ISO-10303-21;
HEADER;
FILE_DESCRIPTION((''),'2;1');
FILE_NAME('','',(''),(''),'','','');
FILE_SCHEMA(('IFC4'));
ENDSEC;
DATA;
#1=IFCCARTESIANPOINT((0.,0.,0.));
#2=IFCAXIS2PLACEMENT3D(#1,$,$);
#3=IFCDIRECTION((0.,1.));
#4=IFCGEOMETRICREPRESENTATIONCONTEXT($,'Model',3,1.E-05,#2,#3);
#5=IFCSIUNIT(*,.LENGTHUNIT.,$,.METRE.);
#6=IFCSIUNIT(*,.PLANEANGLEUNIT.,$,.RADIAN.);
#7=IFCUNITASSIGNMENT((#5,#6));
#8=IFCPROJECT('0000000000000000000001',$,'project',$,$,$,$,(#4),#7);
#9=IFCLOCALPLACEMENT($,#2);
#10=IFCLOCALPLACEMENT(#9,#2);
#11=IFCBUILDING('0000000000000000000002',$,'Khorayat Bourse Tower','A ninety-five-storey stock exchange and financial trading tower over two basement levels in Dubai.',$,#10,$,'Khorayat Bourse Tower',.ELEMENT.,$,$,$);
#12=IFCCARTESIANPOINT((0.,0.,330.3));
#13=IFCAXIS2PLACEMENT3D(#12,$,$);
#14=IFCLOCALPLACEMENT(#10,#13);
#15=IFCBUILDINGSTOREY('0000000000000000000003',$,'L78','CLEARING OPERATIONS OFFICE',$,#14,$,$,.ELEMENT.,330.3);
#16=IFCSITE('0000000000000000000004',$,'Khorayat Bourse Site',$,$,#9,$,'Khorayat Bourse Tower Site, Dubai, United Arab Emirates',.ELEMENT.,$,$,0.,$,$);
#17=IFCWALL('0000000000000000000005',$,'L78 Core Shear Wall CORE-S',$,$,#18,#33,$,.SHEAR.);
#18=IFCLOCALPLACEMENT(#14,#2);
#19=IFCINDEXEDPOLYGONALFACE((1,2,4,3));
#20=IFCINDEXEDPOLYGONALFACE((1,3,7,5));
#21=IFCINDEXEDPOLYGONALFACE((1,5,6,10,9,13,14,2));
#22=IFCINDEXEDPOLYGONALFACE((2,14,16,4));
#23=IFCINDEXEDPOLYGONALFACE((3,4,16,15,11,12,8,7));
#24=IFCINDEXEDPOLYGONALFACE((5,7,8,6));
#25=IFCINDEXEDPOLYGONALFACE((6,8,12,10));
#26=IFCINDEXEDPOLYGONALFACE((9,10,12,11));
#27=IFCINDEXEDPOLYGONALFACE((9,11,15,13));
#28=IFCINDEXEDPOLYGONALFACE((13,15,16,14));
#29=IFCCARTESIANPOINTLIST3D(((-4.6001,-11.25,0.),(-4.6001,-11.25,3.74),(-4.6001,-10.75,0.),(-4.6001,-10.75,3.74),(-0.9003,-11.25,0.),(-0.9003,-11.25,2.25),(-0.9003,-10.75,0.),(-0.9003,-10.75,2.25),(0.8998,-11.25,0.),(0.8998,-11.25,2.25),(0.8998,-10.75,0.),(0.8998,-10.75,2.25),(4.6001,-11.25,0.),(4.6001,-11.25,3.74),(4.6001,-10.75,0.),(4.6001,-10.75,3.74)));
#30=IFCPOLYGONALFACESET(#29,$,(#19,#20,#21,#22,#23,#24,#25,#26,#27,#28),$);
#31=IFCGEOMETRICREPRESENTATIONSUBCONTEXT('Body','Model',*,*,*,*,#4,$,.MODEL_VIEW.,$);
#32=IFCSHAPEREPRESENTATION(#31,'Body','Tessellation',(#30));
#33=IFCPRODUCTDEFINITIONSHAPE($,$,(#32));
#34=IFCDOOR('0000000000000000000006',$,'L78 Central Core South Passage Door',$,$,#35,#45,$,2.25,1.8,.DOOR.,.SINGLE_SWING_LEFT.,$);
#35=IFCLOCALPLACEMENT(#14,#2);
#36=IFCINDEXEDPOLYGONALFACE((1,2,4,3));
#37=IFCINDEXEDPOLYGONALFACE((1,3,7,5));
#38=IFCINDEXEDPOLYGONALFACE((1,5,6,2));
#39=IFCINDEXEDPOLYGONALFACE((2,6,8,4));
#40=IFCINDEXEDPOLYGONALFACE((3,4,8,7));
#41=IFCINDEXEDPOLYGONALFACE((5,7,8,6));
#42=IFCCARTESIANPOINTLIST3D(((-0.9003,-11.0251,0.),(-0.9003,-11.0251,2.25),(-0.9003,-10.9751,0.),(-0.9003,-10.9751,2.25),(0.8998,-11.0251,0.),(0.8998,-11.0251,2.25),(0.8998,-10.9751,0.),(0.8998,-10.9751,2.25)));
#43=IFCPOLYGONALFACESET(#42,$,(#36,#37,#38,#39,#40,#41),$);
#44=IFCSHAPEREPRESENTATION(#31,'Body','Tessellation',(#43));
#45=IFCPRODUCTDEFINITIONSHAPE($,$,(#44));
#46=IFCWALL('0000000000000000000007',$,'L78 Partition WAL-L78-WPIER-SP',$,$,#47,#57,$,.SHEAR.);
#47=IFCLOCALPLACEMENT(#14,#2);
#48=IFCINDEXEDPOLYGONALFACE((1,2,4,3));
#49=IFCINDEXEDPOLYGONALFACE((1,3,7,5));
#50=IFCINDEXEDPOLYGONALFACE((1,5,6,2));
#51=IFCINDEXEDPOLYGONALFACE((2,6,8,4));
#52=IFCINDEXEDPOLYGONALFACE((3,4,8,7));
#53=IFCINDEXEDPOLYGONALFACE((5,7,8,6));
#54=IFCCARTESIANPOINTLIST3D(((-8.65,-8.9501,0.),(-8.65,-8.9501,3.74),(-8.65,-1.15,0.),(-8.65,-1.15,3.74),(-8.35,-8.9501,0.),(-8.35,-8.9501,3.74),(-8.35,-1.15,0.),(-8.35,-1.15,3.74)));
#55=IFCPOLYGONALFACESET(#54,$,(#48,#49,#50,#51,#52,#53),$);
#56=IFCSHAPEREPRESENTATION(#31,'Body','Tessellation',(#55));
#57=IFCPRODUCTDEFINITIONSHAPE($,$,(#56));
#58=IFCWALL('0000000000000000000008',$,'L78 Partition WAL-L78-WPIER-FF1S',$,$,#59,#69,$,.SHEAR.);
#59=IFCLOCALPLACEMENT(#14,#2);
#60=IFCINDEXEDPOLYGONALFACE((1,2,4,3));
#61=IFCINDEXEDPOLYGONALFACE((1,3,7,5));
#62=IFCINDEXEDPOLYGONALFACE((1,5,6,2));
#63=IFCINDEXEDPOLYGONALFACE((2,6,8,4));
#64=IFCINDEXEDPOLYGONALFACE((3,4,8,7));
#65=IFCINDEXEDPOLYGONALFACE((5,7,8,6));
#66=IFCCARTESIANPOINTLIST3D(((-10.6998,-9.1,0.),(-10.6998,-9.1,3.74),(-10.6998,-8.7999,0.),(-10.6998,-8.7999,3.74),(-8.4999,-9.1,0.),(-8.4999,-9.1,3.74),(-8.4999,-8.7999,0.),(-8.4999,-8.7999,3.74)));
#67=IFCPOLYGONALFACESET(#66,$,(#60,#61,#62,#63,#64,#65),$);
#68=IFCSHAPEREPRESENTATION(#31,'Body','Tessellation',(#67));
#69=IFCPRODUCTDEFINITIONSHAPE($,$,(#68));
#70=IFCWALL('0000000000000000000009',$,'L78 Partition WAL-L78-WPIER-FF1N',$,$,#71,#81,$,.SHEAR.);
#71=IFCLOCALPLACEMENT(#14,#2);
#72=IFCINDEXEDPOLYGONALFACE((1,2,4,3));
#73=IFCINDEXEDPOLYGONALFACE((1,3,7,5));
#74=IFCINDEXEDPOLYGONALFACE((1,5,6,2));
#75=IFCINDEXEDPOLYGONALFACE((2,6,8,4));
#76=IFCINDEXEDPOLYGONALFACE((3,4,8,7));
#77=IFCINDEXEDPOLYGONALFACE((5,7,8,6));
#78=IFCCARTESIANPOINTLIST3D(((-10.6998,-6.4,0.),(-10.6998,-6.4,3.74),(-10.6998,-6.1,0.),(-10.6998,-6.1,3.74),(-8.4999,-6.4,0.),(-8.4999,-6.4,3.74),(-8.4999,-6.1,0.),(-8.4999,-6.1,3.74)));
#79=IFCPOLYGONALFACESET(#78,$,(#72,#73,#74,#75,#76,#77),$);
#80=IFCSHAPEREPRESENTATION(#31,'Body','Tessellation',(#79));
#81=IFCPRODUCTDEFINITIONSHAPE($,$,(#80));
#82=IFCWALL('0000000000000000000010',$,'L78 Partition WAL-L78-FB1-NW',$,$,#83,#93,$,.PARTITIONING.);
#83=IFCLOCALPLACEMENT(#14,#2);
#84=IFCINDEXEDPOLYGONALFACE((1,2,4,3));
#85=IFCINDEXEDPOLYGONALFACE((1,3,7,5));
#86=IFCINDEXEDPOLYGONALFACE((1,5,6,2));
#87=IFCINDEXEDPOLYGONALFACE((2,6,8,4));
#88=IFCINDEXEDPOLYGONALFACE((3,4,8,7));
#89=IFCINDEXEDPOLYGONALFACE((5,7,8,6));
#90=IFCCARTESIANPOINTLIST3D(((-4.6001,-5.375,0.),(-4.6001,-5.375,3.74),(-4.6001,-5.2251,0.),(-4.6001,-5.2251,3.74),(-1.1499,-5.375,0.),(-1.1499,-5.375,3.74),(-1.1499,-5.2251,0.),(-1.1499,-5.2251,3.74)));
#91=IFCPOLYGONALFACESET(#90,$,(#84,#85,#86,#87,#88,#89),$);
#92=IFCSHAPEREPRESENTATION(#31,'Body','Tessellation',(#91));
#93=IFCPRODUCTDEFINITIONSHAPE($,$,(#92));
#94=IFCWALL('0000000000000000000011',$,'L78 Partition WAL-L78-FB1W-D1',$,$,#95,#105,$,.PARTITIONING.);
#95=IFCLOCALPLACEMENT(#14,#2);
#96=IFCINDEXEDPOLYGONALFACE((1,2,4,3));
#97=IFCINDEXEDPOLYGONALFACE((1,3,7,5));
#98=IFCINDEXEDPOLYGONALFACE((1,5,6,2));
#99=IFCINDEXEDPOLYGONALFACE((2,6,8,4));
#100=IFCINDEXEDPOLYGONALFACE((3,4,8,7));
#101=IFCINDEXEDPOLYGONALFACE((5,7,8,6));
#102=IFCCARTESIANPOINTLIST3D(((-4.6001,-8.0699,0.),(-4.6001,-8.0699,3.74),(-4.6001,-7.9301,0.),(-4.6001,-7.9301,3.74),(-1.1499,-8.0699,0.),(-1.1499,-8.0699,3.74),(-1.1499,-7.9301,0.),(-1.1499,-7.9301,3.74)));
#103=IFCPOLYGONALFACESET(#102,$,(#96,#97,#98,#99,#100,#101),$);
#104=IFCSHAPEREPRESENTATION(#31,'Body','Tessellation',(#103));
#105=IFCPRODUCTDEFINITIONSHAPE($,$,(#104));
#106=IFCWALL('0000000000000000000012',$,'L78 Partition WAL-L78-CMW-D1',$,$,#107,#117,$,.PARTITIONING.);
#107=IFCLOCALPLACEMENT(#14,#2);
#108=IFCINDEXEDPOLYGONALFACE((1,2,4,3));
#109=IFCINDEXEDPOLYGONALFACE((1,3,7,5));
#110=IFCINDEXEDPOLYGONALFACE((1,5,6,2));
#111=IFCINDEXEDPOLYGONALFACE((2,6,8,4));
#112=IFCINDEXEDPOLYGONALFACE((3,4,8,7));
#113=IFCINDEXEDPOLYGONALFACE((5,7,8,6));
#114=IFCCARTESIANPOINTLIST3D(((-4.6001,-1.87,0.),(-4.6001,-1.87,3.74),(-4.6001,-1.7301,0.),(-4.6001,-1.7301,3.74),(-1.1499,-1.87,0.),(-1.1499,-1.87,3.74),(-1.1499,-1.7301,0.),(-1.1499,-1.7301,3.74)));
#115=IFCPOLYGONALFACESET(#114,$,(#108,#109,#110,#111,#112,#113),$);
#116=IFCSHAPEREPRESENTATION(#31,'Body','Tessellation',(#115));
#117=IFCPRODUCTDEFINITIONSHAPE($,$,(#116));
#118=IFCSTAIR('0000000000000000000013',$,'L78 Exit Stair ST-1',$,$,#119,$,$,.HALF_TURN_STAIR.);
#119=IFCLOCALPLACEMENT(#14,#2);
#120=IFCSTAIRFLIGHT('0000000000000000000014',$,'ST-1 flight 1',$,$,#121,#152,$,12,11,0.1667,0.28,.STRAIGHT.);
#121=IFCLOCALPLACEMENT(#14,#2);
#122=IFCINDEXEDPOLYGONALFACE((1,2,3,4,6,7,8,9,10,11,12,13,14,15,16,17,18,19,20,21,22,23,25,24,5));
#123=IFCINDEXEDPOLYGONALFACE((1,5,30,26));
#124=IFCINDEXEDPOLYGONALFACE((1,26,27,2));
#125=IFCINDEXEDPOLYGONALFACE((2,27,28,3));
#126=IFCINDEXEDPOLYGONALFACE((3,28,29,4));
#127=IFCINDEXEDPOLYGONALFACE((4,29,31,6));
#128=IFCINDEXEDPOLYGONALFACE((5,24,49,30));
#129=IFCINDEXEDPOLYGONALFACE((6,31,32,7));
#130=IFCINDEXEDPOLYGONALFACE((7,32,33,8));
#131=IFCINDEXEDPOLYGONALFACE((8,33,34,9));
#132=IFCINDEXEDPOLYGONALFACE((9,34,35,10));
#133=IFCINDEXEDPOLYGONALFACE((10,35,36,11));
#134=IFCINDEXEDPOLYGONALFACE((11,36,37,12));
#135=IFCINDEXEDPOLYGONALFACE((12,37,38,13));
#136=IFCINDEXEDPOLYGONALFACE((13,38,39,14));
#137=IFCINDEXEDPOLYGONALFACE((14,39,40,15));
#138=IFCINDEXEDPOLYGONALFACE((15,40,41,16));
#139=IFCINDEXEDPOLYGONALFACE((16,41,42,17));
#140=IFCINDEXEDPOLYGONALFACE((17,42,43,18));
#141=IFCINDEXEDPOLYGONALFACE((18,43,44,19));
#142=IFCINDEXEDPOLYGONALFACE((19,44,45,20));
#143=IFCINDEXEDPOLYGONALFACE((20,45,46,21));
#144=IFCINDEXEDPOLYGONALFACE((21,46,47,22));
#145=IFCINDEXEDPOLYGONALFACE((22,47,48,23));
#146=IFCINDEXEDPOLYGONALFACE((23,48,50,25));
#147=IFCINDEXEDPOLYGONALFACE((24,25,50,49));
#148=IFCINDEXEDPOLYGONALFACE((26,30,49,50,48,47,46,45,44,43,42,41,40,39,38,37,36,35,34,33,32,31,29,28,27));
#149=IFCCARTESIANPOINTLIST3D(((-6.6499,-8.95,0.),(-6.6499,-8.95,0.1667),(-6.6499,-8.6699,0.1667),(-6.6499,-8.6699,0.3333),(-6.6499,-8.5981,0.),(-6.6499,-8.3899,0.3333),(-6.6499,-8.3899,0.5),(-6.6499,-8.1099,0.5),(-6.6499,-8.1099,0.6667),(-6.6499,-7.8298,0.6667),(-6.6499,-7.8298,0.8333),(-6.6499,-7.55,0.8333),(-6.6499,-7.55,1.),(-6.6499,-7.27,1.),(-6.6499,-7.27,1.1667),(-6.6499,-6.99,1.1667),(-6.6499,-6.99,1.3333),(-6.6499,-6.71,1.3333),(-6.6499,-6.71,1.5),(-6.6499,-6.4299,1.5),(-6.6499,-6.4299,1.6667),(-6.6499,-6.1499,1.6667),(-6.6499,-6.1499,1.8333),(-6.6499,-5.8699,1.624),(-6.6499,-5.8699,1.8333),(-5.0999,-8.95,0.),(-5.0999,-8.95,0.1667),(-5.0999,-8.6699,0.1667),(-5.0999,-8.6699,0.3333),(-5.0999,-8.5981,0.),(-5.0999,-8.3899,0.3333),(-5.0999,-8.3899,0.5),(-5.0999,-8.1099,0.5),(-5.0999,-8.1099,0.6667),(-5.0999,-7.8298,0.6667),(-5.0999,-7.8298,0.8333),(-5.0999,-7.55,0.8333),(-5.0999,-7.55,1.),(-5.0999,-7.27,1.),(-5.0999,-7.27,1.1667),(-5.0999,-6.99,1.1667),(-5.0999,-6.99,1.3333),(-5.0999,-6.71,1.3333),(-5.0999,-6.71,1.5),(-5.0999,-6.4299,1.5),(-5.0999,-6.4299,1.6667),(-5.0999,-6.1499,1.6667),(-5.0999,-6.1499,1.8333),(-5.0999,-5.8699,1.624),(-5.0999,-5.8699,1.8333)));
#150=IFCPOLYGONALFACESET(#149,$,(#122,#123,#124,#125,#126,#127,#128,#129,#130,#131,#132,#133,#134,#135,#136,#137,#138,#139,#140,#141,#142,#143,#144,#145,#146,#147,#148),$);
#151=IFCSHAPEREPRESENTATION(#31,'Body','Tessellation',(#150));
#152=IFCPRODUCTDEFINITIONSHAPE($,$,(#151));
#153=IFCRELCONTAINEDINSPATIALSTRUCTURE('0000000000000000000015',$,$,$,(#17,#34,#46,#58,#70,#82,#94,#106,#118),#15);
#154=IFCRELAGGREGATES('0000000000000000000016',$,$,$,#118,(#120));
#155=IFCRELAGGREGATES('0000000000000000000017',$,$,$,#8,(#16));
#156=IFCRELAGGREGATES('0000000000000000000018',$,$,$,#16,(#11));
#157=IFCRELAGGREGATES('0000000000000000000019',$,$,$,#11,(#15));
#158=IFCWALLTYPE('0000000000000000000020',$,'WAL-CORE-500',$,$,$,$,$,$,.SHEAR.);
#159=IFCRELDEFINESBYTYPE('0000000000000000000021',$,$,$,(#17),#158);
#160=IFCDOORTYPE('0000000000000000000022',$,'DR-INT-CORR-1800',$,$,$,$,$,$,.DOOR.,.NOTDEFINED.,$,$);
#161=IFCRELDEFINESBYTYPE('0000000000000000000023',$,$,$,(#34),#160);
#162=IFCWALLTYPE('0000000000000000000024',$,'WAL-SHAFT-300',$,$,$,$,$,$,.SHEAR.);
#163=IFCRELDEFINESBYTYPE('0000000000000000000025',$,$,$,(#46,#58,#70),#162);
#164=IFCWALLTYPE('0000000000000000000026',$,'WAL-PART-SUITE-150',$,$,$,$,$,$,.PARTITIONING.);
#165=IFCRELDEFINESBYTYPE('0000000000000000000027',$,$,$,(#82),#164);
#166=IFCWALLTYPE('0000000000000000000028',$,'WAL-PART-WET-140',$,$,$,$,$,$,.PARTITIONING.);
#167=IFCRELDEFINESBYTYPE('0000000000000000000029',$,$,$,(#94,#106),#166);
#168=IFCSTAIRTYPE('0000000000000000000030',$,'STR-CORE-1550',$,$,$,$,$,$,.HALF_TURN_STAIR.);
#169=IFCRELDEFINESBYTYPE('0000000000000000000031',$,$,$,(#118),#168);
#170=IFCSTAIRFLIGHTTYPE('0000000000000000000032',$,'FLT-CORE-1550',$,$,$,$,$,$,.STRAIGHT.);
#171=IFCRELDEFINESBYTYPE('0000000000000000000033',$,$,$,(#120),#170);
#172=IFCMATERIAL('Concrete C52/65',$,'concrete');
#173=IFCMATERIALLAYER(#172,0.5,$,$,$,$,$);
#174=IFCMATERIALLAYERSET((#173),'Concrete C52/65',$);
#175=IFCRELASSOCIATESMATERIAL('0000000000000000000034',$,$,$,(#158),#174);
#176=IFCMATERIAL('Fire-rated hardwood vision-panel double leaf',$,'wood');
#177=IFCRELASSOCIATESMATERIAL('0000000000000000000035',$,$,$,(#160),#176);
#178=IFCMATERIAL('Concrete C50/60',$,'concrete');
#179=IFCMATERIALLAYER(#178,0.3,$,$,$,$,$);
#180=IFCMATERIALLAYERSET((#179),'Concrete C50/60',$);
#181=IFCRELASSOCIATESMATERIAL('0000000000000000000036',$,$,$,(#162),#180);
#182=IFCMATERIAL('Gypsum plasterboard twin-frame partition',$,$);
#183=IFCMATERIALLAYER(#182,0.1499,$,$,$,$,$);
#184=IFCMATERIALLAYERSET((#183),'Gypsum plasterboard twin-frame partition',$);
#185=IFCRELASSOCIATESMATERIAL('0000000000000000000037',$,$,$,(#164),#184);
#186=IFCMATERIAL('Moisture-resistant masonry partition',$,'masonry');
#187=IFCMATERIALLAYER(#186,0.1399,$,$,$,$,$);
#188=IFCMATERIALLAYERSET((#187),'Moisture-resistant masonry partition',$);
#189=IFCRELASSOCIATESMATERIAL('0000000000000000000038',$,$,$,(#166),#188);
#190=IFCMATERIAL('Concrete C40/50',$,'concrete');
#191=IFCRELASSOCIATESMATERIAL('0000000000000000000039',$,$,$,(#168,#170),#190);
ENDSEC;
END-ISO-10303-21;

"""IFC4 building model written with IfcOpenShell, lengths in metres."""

from ifc_helpers import new_model, si_unit, direction, frame, frame_2d, origin, place, context, subcontext, project, spatial, polyline, rectangle, outline, extrude, source, transform, mapped, material, layer, layer_set, type_object, element, fill, aggregate, save


model = new_model("IFC4")

# Units and contexts
model_context = context("Model", 3, precision=1e-05, world=origin(), true_north=direction((0.0, 1.0)))
body_context = subcontext(model_context, "Body", "Model", "MODEL_VIEW")
ifc_project = project(units=[si_unit("LENGTHUNIT", "METRE"), si_unit("PLANEANGLEUNIT", "RADIAN")], contexts=[model_context])

# Site, building, storey
site_placement = place(None, origin())
site = spatial("IfcSite", under=ifc_project, at=site_placement, Name="Khorayat Bourse Site", LongName="Khorayat Bourse Tower Site, Dubai, United Arab Emirates", CompositionType="ELEMENT", RefElevation=0.0)
building_placement = place(site_placement, origin())
building = spatial("IfcBuilding", under=site, at=building_placement, Name="Khorayat Bourse Tower", Description="A ninety-five-storey stock exchange and financial trading tower over two basement levels in Dubai.", LongName="Khorayat Bourse Tower", CompositionType="ELEMENT")
storey_placement = place(building_placement, frame((0.0, 0.0, 330.3)))
storey = spatial("IfcBuildingStorey", under=building, at=storey_placement, Name="L78", Description="CLEARING OPERATIONS OFFICE", CompositionType="ELEMENT", Elevation=330.3)

# Shared definitions
ifc_material_1 = material(Name="Concrete C52/65", Category="concrete")

# Shared definitions
ifc_layer_1 = layer(ifc_material_1, 0.5)
ifc_layer_set_1 = layer_set([ifc_layer_1], Name="Concrete C52/65")
wall_type_1 = type_object("IfcWallType", Name="WAL-CORE-500", PredefinedType="SHEAR", material=ifc_layer_set_1)

# Wall, opening, door
shared_shape_1 = source(origin(), body_context, "Body", "SweptSolid", [
    extrude(rectangle(XDim=9.2002, YDim=0.5, at=frame_2d((4.6001, 0.0))), origin(), (0.0, 0.0, 1.0), 3.74),
])
wall_1_placement = place(storey_placement, frame((-4.6001, -11.0, 0.0), z_axis=(0.0, 0.0, 1.0), x_axis=(1.0, 0.0, 0.0)))
wall_1 = element("IfcWall", 1, at=wall_1_placement, inside=storey, type_object=wall_type_1, Name="L78 Core Shear Wall CORE-S", PredefinedType="SHEAR", context=body_context, shape_type="MappedRepresentation", body=[
    mapped(shared_shape_1, transform((0.0, 0.0, 0.0), scale=1.0)),
])
shared_shape_2 = source(origin(), body_context, "Body", "SweptSolid", [
    extrude(rectangle(XDim=1.8, YDim=2.25, at=frame_2d((0.8999, 1.125))), frame((0.0, 0.26, 0.0), z_axis=(0.0, -1.0, 0.0), x_axis=(1.0, 0.0, 0.0)), (0.0, 0.0, 1.0), 0.52),
])
opening_placement = place(wall_1_placement, frame((3.7, 0.0, 0.0)))
opening = element("IfcOpeningElement", 2, at=opening_placement, cuts=wall_1, PredefinedType="OPENING", context=body_context, shape_type="MappedRepresentation", body=[
    mapped(shared_shape_2, transform((0.0, 0.0, 0.0), scale=1.0)),
])
ifc_material_2 = material(Name="Fire-rated hardwood vision-panel double leaf", Category="wood")
door_type = type_object("IfcDoorType", Name="DR-INT-CORR-1800", OperationType="NOTDEFINED", PredefinedType="DOOR", material=ifc_material_2)
shared_shape_3 = source(origin(), body_context, "Body", "SweptSolid", [
    extrude(rectangle(XDim=1.8, YDim=2.25, at=frame_2d((0.8999, 1.125))), frame((0.0, 0.0249, 0.0), z_axis=(0.0, -1.0, 0.0), x_axis=(1.0, 0.0, 0.0)), (0.0, 0.0, 1.0), 0.05),
])
door_placement = place(opening_placement, origin())
door = element("IfcDoor", 3, at=door_placement, inside=storey, type_object=door_type, Name="L78 Central Core South Passage Door", OperationType="SINGLE_SWING_LEFT", OverallHeight=2.25, OverallWidth=1.8, PredefinedType="DOOR", context=body_context, shape_type="MappedRepresentation", body=[
    mapped(shared_shape_3, transform((0.0, 0.0, 0.0), scale=1.0)),
])
fill(opening, door)

# Walls
ifc_material_3 = material(Name="Concrete C50/60", Category="concrete")
ifc_layer_2 = layer(ifc_material_3, 0.3)
ifc_layer_set_2 = layer_set([ifc_layer_2], Name="Concrete C50/60")
wall_type_2 = type_object("IfcWallType", Name="WAL-SHAFT-300", PredefinedType="SHEAR", material=ifc_layer_set_2)
shared_shape_4 = source(origin(), body_context, "Body", "SweptSolid", [
    extrude(rectangle(XDim=7.8, YDim=0.3, at=frame_2d((3.8999, 0.0))), origin(), (0.0, 0.0, 1.0), 3.74),
])
wall_2_placement = place(storey_placement, frame((-8.5, -8.95, 0.0), z_axis=(0.0, 0.0, 1.0), x_axis=(0.0, 1.0, 0.0)))
element("IfcWall", 4, at=wall_2_placement, inside=storey, type_object=wall_type_2, Name="L78 Partition WAL-L78-WPIER-SP", PredefinedType="SHEAR", context=body_context, shape_type="MappedRepresentation", body=[
    mapped(shared_shape_4, transform((0.0, 0.0, 0.0), scale=1.0)),
])
shared_shape_5 = source(origin(), body_context, "Body", "SweptSolid", [
    extrude(rectangle(XDim=2.2, YDim=0.3, at=frame_2d((1.1001, 0.0))), origin(), (0.0, 0.0, 1.0), 3.74),
])
for number, where, z_axis, x_axis, name in (
    (5, (-10.7, -8.95, 0.0), (0.0, 0.0, 1.0), (1.0, 0.0, 0.0), "L78 Partition WAL-L78-WPIER-FF1S"),
    (6, (-10.7, -6.25, 0.0), (0.0, 0.0, 1.0), (1.0, 0.0, 0.0), "L78 Partition WAL-L78-WPIER-FF1N"),
):
    element("IfcWall", number, at=place(storey_placement, frame(where, z_axis=z_axis, x_axis=x_axis)), inside=storey, type_object=wall_type_2, Name=name, PredefinedType="SHEAR", context=body_context, shape_type="MappedRepresentation", body=[
        mapped(shared_shape_5, transform((0.0, 0.0, 0.0), scale=1.0)),
    ])
ifc_material_4 = material(Name="Gypsum plasterboard twin-frame partition")
ifc_layer_3 = layer(ifc_material_4, 0.1499)
ifc_layer_set_3 = layer_set([ifc_layer_3], Name="Gypsum plasterboard twin-frame partition")
wall_type_3 = type_object("IfcWallType", Name="WAL-PART-SUITE-150", PredefinedType="PARTITIONING", material=ifc_layer_set_3)
shared_shape_6 = source(origin(), body_context, "Body", "SweptSolid", [
    extrude(rectangle(XDim=3.4502, YDim=0.1499, at=frame_2d((1.7251, 0.0))), origin(), (0.0, 0.0, 1.0), 3.74),
])
wall_3_placement = place(storey_placement, frame((-4.6001, -5.3, 0.0), z_axis=(0.0, 0.0, 1.0), x_axis=(1.0, 0.0, 0.0)))
element("IfcWall", 7, at=wall_3_placement, inside=storey, type_object=wall_type_3, Name="L78 Partition WAL-L78-FB1-NW", PredefinedType="PARTITIONING", context=body_context, shape_type="MappedRepresentation", body=[
    mapped(shared_shape_6, transform((0.0, 0.0, 0.0), scale=1.0)),
])
ifc_material_5 = material(Name="Moisture-resistant masonry partition", Category="masonry")
ifc_layer_4 = layer(ifc_material_5, 0.1399)
ifc_layer_set_4 = layer_set([ifc_layer_4], Name="Moisture-resistant masonry partition")
wall_type_4 = type_object("IfcWallType", Name="WAL-PART-WET-140", PredefinedType="PARTITIONING", material=ifc_layer_set_4)
shared_shape_7 = source(origin(), body_context, "Body", "SweptSolid", [
    extrude(rectangle(XDim=3.4502, YDim=0.1399, at=frame_2d((1.7251, 0.0))), origin(), (0.0, 0.0, 1.0), 3.74),
])
for number, where, z_axis, x_axis, name in (
    (8, (-4.6001, -8.0, 0.0), (0.0, 0.0, 1.0), (1.0, 0.0, 0.0), "L78 Partition WAL-L78-FB1W-D1"),
    (9, (-4.6001, -1.8, 0.0), (0.0, 0.0, 1.0), (1.0, 0.0, 0.0), "L78 Partition WAL-L78-CMW-D1"),
):
    element("IfcWall", number, at=place(storey_placement, frame(where, z_axis=z_axis, x_axis=x_axis)), inside=storey, type_object=wall_type_4, Name=name, PredefinedType="PARTITIONING", context=body_context, shape_type="MappedRepresentation", body=[
        mapped(shared_shape_7, transform((0.0, 0.0, 0.0), scale=1.0)),
    ])

# Stair, stair flight
ifc_material_6 = material(Name="Concrete C40/50", Category="concrete")
stair_type = type_object("IfcStairType", Name="STR-CORE-1550", PredefinedType="HALF_TURN_STAIR", material=ifc_material_6)
stair_placement = place(storey_placement, origin())
stair = element("IfcStair", 10, at=stair_placement, inside=storey, type_object=stair_type, Name="L78 Exit Stair ST-1", PredefinedType="HALF_TURN_STAIR")
stair_flight_type = type_object("IfcStairFlightType", Name="FLT-CORE-1550", PredefinedType="STRAIGHT", material=ifc_material_6)
shared_shape_8 = source(origin(), body_context, "Body", "SweptSolid", [
    extrude(outline(polyline([(0.0, 0.0), (0.0, 0.1667), (0.28, 0.1667), (0.28, 0.3333), (0.5601, 0.3333), (0.5601, 0.5), (0.8401, 0.5), (0.8401, 0.6667), (1.1201, 0.6667), (1.1201, 0.8333), (1.3999, 0.8333), (1.3999, 1.0), (1.6799, 1.0), (1.6799, 1.1667), (1.96, 1.1667), (1.96, 1.3333), (2.24, 1.3333), (2.24, 1.5), (2.52, 1.5), (2.52, 1.6667), (2.8, 1.6667), (2.8, 1.8333), (3.0801, 1.8333), (3.0801, 2.0), (3.0801, 1.624), (0.3518, 0.0), (0.0, 0.0)])), frame((0.0, 0.7749, 0.0), z_axis=(0.0, -1.0, 0.0), x_axis=(1.0, 0.0, 0.0)), (0.0, 0.0, 1.0), 1.55),
])
stair_flight_1_placement = place(storey_placement, frame((-5.875, -8.95, 0.0), z_axis=(0.0, 0.0, 1.0), x_axis=(0.0, 1.0, 0.0)))
stair_flight_1 = element("IfcStairFlight", 11, at=stair_flight_1_placement, type_object=stair_flight_type, Name="ST-1 flight 1", NumberOfRisers=12, NumberOfTreads=11, PredefinedType="STRAIGHT", RiserHeight=0.1667, TreadLength=0.28, context=body_context, shape_type="MappedRepresentation", body=[
    mapped(shared_shape_8, transform((0.0, 0.0, 0.0), scale=1.0)),
])
aggregate(stair, [stair_flight_1])

save(model, "model.ifc")
